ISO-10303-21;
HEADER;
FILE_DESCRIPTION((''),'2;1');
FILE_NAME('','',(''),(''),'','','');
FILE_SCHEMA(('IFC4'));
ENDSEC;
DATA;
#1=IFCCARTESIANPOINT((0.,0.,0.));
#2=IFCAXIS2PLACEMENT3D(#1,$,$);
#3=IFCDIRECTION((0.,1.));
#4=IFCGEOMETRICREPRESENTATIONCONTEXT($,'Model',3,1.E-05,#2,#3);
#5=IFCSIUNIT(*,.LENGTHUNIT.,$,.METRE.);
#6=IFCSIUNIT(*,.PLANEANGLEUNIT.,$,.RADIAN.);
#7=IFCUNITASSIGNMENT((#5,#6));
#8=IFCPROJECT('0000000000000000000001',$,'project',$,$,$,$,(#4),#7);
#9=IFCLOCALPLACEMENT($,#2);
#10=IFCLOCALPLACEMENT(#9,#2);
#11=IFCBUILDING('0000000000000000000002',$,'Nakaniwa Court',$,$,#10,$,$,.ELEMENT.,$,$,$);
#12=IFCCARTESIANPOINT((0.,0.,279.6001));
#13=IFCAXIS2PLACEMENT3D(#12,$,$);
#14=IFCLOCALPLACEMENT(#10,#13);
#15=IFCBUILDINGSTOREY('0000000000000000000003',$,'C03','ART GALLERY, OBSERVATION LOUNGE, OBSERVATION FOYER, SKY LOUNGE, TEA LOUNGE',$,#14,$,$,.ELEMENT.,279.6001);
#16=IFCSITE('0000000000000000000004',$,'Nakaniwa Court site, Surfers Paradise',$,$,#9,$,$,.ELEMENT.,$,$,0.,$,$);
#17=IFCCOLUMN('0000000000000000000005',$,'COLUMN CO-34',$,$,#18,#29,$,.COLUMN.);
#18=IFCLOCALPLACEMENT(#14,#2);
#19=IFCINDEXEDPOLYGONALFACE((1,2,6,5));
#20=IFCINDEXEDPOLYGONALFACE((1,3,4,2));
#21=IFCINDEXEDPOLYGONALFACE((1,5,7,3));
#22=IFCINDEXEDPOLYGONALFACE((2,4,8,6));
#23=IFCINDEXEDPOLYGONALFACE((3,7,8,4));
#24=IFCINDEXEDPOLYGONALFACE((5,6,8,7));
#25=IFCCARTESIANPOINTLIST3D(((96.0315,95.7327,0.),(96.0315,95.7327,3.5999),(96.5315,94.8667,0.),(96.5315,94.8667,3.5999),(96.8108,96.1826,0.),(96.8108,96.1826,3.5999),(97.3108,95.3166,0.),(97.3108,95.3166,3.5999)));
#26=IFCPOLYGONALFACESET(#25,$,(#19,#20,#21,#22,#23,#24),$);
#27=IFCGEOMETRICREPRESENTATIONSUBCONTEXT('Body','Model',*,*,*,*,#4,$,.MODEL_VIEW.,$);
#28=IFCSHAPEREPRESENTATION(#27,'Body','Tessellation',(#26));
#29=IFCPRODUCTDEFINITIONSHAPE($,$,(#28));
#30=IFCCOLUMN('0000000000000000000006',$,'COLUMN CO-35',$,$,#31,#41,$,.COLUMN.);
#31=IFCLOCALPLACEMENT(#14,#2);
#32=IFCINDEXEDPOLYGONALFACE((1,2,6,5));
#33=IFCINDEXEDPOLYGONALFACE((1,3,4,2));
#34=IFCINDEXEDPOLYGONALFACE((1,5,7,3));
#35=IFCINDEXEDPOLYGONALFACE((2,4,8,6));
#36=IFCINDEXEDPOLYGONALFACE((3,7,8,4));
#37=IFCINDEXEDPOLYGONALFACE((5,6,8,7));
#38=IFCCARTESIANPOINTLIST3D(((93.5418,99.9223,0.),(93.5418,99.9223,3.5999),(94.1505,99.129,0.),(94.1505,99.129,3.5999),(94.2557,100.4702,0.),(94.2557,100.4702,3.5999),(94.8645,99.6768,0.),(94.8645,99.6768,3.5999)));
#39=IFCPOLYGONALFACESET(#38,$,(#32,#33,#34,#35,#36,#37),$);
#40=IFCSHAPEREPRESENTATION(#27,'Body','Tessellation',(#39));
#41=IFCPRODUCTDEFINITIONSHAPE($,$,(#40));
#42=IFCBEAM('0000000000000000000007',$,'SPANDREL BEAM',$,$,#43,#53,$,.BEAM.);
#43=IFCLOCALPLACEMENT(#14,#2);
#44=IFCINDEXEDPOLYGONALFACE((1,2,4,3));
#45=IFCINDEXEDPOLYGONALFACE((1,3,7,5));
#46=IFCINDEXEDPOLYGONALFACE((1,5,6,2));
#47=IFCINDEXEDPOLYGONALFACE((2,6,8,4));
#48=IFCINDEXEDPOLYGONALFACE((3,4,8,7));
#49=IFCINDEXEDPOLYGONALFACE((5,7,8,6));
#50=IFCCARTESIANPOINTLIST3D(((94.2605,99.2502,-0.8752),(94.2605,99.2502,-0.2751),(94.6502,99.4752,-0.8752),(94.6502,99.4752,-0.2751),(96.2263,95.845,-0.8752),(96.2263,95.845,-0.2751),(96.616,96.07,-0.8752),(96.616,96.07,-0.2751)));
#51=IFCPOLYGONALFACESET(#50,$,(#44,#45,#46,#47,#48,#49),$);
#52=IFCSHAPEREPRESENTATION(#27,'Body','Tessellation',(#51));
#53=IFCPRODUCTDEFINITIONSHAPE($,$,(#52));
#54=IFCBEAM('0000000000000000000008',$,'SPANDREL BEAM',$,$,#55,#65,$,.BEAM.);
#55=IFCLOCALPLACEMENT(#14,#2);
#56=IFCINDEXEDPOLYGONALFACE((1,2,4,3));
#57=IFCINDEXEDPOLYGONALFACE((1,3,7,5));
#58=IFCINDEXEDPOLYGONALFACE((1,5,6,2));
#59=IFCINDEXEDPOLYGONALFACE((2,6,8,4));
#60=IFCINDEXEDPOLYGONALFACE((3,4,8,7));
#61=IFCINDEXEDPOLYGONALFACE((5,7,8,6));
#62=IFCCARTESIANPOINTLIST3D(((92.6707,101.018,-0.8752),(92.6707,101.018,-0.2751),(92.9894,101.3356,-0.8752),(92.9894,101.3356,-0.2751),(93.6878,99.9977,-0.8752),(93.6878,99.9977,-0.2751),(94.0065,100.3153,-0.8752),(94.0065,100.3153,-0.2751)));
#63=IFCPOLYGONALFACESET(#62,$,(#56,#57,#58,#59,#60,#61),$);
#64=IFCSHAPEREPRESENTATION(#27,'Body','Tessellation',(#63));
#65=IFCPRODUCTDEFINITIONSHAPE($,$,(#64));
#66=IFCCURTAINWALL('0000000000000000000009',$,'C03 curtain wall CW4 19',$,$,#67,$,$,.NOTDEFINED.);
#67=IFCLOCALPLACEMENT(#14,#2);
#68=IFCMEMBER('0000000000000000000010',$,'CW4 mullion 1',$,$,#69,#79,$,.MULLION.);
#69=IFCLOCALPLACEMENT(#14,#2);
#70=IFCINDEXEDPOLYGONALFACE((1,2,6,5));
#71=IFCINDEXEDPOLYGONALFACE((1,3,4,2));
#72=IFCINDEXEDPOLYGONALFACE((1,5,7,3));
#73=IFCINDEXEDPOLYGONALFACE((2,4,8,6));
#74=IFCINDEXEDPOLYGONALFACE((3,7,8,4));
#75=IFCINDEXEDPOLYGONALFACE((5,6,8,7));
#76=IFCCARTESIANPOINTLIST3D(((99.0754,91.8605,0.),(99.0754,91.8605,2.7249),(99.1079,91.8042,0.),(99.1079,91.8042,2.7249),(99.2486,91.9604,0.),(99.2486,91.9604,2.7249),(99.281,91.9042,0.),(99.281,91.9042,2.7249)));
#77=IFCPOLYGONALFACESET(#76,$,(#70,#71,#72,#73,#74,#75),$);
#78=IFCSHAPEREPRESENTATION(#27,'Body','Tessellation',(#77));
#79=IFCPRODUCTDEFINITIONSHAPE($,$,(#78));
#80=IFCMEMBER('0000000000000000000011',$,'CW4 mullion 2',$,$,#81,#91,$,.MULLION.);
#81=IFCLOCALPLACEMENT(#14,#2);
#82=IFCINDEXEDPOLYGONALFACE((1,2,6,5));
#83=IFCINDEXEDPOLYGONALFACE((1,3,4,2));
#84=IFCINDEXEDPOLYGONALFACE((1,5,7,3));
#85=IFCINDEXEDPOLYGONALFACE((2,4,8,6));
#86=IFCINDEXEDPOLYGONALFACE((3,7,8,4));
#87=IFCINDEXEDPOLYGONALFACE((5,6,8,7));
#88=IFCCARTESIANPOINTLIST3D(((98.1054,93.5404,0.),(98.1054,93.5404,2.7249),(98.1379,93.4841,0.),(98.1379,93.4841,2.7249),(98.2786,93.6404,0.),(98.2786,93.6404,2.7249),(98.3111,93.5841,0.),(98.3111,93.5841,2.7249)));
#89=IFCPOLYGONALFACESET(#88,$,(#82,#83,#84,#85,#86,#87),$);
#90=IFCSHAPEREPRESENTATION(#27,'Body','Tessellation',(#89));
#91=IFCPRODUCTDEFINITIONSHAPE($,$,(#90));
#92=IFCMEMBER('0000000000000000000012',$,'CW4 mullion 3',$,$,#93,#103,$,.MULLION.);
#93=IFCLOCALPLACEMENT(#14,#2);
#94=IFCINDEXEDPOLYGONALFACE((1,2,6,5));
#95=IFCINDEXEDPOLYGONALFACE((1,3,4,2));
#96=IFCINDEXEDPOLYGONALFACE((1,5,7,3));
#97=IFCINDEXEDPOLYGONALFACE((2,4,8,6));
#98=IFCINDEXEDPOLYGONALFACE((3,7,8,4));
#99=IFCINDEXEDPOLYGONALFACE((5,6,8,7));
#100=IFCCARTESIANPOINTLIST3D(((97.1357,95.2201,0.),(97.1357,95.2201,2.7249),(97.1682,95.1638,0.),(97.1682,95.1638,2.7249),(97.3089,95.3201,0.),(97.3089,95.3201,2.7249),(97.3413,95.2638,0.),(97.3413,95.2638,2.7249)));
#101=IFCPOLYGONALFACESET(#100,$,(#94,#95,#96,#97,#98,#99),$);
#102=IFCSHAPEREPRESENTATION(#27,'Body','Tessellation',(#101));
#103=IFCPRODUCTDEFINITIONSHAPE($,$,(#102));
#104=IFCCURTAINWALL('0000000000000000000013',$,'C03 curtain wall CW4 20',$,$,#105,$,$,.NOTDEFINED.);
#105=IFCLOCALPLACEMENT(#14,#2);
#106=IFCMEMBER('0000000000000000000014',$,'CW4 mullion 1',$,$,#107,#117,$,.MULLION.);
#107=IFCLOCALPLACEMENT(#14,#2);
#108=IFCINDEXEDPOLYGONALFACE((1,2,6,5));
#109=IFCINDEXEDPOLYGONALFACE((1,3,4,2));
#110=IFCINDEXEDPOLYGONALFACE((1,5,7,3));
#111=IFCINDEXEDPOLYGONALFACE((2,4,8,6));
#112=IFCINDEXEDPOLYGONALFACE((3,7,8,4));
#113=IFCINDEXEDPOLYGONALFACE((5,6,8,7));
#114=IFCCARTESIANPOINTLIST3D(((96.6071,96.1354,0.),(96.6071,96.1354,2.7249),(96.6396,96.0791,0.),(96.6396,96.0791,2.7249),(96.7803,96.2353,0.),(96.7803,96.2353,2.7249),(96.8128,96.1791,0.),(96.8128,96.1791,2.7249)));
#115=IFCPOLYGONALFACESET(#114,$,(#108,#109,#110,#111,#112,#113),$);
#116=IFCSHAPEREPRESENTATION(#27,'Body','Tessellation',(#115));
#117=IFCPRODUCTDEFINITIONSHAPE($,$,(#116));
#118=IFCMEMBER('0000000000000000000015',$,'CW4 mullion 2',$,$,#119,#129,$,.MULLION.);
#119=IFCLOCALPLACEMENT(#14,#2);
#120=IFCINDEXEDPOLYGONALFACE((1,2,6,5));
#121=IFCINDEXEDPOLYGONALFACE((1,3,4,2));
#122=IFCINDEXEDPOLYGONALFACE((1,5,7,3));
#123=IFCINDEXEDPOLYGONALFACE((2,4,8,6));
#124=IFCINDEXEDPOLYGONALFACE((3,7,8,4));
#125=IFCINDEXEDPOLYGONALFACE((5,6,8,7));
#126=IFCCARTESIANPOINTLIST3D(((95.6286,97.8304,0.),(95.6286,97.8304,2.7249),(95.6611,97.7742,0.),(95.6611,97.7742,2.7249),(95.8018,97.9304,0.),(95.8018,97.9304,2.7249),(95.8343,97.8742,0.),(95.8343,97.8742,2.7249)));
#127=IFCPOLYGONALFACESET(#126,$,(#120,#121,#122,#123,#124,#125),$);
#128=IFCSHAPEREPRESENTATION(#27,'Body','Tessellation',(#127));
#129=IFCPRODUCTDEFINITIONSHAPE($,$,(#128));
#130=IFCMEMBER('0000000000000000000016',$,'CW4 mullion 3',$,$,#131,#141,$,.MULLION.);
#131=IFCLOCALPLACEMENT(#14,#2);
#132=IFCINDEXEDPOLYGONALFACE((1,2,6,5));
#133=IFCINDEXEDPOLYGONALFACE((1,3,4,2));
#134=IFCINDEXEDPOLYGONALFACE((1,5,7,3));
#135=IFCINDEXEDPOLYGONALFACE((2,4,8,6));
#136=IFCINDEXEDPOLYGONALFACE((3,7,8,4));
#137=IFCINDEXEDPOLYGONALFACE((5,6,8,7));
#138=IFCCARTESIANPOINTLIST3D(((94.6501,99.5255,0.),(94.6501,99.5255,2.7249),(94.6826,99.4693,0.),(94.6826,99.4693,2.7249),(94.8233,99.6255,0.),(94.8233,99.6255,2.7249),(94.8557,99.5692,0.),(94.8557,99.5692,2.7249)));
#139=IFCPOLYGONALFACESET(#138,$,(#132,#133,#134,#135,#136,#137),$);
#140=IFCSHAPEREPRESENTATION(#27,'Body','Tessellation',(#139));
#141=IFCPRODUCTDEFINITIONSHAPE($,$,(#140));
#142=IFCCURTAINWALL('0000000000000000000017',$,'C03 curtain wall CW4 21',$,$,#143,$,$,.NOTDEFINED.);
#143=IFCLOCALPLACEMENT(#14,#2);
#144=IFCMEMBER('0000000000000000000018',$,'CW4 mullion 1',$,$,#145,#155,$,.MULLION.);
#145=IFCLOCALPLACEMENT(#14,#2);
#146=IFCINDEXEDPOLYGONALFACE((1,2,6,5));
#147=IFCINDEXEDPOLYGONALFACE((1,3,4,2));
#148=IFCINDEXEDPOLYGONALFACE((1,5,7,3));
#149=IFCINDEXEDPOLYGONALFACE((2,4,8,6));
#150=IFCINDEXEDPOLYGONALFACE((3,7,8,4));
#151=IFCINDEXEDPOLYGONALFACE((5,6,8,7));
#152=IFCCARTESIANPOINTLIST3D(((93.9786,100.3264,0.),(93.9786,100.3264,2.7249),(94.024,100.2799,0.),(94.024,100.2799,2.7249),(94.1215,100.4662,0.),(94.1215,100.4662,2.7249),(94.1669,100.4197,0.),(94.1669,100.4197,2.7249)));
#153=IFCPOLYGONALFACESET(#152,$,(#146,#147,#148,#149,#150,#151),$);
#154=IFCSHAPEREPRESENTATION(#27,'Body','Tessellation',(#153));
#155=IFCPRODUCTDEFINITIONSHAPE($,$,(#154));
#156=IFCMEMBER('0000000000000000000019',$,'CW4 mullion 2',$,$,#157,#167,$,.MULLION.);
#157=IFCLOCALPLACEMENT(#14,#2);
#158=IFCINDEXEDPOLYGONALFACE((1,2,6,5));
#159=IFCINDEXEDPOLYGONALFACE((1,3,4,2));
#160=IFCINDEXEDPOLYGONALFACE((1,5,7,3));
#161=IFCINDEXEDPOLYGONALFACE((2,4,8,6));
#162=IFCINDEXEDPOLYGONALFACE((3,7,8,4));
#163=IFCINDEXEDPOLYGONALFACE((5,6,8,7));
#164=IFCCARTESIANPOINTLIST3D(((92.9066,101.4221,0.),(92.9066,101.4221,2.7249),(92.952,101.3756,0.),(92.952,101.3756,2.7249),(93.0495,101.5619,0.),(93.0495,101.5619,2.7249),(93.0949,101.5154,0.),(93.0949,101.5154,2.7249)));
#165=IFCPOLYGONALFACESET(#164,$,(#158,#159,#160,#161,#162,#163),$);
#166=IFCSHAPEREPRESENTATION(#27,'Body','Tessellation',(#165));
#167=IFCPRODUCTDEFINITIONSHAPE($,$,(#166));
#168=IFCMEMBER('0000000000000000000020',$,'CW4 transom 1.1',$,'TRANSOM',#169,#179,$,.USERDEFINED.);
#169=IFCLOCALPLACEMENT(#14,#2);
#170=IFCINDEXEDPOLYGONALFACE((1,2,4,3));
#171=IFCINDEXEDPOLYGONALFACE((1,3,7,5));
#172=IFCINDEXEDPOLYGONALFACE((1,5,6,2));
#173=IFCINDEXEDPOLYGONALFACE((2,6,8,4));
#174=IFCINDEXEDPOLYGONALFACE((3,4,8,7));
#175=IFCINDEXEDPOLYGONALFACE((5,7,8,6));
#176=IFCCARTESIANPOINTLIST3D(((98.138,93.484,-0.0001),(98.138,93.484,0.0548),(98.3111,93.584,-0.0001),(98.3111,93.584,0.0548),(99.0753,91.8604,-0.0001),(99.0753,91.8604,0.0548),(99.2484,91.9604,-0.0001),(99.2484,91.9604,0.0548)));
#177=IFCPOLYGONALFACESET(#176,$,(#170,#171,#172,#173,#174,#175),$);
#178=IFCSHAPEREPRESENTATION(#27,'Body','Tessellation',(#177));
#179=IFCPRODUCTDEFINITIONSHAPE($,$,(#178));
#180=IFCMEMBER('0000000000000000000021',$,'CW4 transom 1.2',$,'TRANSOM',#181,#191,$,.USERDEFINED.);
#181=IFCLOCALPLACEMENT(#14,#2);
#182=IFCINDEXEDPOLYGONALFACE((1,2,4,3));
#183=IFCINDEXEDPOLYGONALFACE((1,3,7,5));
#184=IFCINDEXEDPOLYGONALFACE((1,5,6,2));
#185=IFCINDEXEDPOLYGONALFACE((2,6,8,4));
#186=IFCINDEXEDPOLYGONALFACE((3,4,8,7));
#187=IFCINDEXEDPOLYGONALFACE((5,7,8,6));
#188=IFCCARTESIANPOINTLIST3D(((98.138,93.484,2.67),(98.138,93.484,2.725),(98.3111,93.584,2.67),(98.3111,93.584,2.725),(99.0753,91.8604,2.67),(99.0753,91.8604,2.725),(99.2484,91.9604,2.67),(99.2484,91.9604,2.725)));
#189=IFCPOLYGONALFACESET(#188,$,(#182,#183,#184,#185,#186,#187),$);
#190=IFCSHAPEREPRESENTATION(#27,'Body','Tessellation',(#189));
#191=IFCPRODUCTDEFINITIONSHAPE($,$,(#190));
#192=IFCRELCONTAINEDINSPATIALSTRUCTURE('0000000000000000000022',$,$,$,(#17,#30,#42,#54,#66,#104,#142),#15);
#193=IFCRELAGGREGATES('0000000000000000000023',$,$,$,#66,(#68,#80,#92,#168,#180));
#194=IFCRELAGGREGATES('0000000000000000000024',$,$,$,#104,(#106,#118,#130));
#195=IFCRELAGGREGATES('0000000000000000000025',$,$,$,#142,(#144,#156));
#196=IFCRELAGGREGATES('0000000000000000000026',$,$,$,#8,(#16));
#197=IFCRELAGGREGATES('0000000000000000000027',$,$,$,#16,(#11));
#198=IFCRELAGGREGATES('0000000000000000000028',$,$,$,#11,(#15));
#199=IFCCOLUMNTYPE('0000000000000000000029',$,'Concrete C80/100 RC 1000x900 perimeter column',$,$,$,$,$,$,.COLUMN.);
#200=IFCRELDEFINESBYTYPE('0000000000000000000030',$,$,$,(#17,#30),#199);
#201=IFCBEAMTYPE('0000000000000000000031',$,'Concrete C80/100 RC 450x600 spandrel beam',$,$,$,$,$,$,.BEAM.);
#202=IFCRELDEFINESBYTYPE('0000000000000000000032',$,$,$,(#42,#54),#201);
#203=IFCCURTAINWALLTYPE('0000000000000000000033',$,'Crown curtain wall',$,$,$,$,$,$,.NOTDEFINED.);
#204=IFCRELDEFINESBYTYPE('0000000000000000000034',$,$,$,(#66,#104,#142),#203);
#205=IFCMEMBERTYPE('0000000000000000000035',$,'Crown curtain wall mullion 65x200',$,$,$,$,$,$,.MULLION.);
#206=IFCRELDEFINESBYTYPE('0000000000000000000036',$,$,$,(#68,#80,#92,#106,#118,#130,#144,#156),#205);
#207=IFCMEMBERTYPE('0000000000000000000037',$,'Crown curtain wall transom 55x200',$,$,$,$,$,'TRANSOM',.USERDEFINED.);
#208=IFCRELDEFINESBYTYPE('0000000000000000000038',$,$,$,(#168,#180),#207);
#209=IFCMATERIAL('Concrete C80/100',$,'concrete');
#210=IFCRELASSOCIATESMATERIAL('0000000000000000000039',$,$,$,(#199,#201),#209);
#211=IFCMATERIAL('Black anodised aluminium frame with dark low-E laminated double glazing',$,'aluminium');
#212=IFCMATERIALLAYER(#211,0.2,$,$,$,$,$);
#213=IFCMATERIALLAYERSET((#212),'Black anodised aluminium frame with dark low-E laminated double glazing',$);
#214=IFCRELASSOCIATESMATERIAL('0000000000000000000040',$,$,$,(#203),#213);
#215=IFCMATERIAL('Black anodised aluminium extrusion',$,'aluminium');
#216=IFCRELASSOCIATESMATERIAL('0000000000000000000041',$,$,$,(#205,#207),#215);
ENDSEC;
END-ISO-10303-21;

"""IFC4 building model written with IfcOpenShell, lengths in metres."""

from ifc_helpers import new_model, si_unit, direction, frame, origin, origin_2d, place, context, subcontext, project, spatial, rectangle, extrude, material, layer, layer_set, material_profile, profile_set, type_object, element, aggregate, save


model = new_model("IFC4")

# Units and contexts
model_context = context("Model", 3, precision=1e-05, world=origin(), true_north=direction((0.0, 1.0)))
body_context = subcontext(model_context, "Body", "Model", "MODEL_VIEW")
ifc_project = project(units=[si_unit("LENGTHUNIT", "METRE"), si_unit("PLANEANGLEUNIT", "RADIAN")], contexts=[model_context])

# Site, building, storey
site_placement = place(None, origin())
site = spatial("IfcSite", under=ifc_project, at=site_placement, Name="Nakaniwa Court site, Surfers Paradise", CompositionType="ELEMENT", RefElevation=0.0)
building_placement = place(site_placement, origin())
building = spatial("IfcBuilding", under=site, at=building_placement, Name="Nakaniwa Court", CompositionType="ELEMENT")
storey_placement = place(building_placement, frame((0.0, 0.0, 279.6001)))
storey = spatial("IfcBuildingStorey", under=building, at=storey_placement, Name="C03", Description="ART GALLERY, OBSERVATION LOUNGE, OBSERVATION FOYER, SKY LOUNGE, TEA LOUNGE", CompositionType="ELEMENT", Elevation=279.6001)

# Columns
ifc_material_1 = material(Name="Concrete C80/100", Category="concrete")
ifc_material_profile_1 = material_profile(ifc_material_1, rectangle(XDim=1.0, YDim=0.8999, at=origin_2d()), Name="Concrete C80/100 RC 1000x900 perimeter column")
ifc_profile_set_1 = profile_set([ifc_material_profile_1], Name="Concrete C80/100")
column_type = type_object("IfcColumnType", Name="Concrete C80/100 RC 1000x900 perimeter column", PredefinedType="COLUMN", material=ifc_profile_set_1)
for number, where, z_axis, x_axis, name in (
    (1, (96.6711, 95.5247, 0.0), (0.0, 0.0, 1.0), (-0.5, 0.866025, 0.0), "COLUMN CO-34"),
    (2, (94.2031, 99.7996, 0.0), (0.0, 0.0, 1.0), (-0.608761, 0.793353, 0.0), "COLUMN CO-35"),
):
    element("IfcColumn", number, at=place(storey_placement, frame(where, z_axis=z_axis, x_axis=x_axis)), inside=storey, type_object=column_type, Name=name, PredefinedType="COLUMN", context=body_context, shape_type="SweptSolid", body=[
        extrude(rectangle(XDim=1.0, YDim=0.8999, at=origin_2d()), origin(), (0.0, 0.0, 1.0), 3.5999),
    ])

# Beams
ifc_material_profile_2 = material_profile(ifc_material_1, rectangle(XDim=0.45, YDim=0.6001, at=origin_2d()), Name="Concrete C80/100 RC 450x600 spandrel beam")
ifc_profile_set_2 = profile_set([ifc_material_profile_2], Name="Concrete C80/100")
beam_type = type_object("IfcBeamType", Name="Concrete C80/100 RC 450x600 spandrel beam", PredefinedType="BEAM", material=ifc_profile_set_2)
beam_1_placement = place(storey_placement, frame((96.4211, 95.9575, -0.5752), z_axis=(-0.499959, 0.866049, 0.0), x_axis=(-0.866049, -0.499959, 0.0)))
element("IfcBeam", 3, at=beam_1_placement, inside=storey, type_object=beam_type, Name="SPANDREL BEAM", PredefinedType="BEAM", context=body_context, shape_type="SweptSolid", body=[
    extrude(rectangle(XDim=0.45, YDim=0.6001, at=origin_2d()), origin(), (0.0, 0.0, 1.0), 3.9319),
])
beam_2_placement = place(storey_placement, frame((93.8472, 100.1565, -0.5752), z_axis=(-0.706004, 0.708207, 0.0), x_axis=(-0.708207, -0.706004, 0.0)))
element("IfcBeam", 4, at=beam_2_placement, inside=storey, type_object=beam_type, Name="SPANDREL BEAM", PredefinedType="BEAM", context=body_context, shape_type="SweptSolid", body=[
    extrude(rectangle(XDim=0.45, YDim=0.6001, at=origin_2d()), origin(), (0.0, 0.0, 1.0), 1.4407),
])

# Curtain walls, members
ifc_material_2 = material(Name="Black anodised aluminium frame with dark low-E laminated double glazing", Category="aluminium")
ifc_layer_1 = layer(ifc_material_2, 0.2)
ifc_layer_set_1 = layer_set([ifc_layer_1], Name="Black anodised aluminium frame with dark low-E laminated double glazing")
curtain_wall_type = type_object("IfcCurtainWallType", Name="Crown curtain wall", PredefinedType="NOTDEFINED", material=ifc_layer_set_1)
curtain_wall_1_placement = place(storey_placement, origin())
curtain_wall_1 = element("IfcCurtainWall", 5, at=curtain_wall_1_placement, inside=storey, type_object=curtain_wall_type, Name="C03 curtain wall CW4 19", PredefinedType="NOTDEFINED")
ifc_material_3 = material(Name="Black anodised aluminium extrusion", Category="aluminium")
ifc_material_profile_3 = material_profile(ifc_material_3, rectangle(XDim=0.2, YDim=0.0649, at=origin_2d()), Name="Crown curtain wall mullion 65x200")
ifc_profile_set_3 = profile_set([ifc_material_profile_3], Name="Black anodised aluminium extrusion")
member_type_1 = type_object("IfcMemberType", Name="Crown curtain wall mullion 65x200", PredefinedType="MULLION", material=ifc_profile_set_3)
member_1_placement = place(storey_placement, frame((99.1782, 91.8823, 0.0), z_axis=(0.0, 0.0, 1.0), x_axis=(-0.866033, -0.499987, 0.0)))
member_1 = element("IfcMember", 6, at=member_1_placement, type_object=member_type_1, Name="CW4 mullion 1", PredefinedType="MULLION", context=body_context, shape_type="SweptSolid", body=[
    extrude(rectangle(XDim=0.2, YDim=0.0649, at=origin_2d()), origin(), (0.0, 0.0, 1.0), 2.7249),
])
member_2_placement = place(storey_placement, frame((98.2083, 93.5623, 0.0), z_axis=(0.0, 0.0, 1.0), x_axis=(-0.866033, -0.499987, 0.0)))
member_2 = element("IfcMember", 7, at=member_2_placement, type_object=member_type_1, Name="CW4 mullion 2", PredefinedType="MULLION", context=body_context, shape_type="SweptSolid", body=[
    extrude(rectangle(XDim=0.2, YDim=0.0649, at=origin_2d()), origin(), (0.0, 0.0, 1.0), 2.7249),
])
member_3_placement = place(storey_placement, frame((97.2385, 95.2419, 0.0), z_axis=(0.0, 0.0, 1.0), x_axis=(-0.866033, -0.499987, 0.0)))
member_3 = element("IfcMember", 8, at=member_3_placement, type_object=member_type_1, Name="CW4 mullion 3", PredefinedType="MULLION", context=body_context, shape_type="SweptSolid", body=[
    extrude(rectangle(XDim=0.2, YDim=0.0649, at=origin_2d()), origin(), (0.0, 0.0, 1.0), 2.7249),
])
curtain_wall_2_placement = place(storey_placement, origin())
curtain_wall_2 = element("IfcCurtainWall", 9, at=curtain_wall_2_placement, inside=storey, type_object=curtain_wall_type, Name="C03 curtain wall CW4 20", PredefinedType="NOTDEFINED")
member_4_placement = place(storey_placement, frame((96.71, 96.1572, 0.0), z_axis=(0.0, 0.0, 1.0), x_axis=(-0.866028, -0.499996, 0.0)))
member_4 = element("IfcMember", 10, at=member_4_placement, type_object=member_type_1, Name="CW4 mullion 1", PredefinedType="MULLION", context=body_context, shape_type="SweptSolid", body=[
    extrude(rectangle(XDim=0.2, YDim=0.0649, at=origin_2d()), origin(), (0.0, 0.0, 1.0), 2.7249),
])
member_5_placement = place(storey_placement, frame((95.7314, 97.8523, 0.0), z_axis=(0.0, 0.0, 1.0), x_axis=(-0.866028, -0.499996, 0.0)))
member_5 = element("IfcMember", 11, at=member_5_placement, type_object=member_type_1, Name="CW4 mullion 2", PredefinedType="MULLION", context=body_context, shape_type="SweptSolid", body=[
    extrude(rectangle(XDim=0.2, YDim=0.0649, at=origin_2d()), origin(), (0.0, 0.0, 1.0), 2.7249),
])
member_6_placement = place(storey_placement, frame((94.7529, 99.5474, 0.0), z_axis=(0.0, 0.0, 1.0), x_axis=(-0.866028, -0.499996, 0.0)))
member_6 = element("IfcMember", 12, at=member_6_placement, type_object=member_type_1, Name="CW4 mullion 3", PredefinedType="MULLION", context=body_context, shape_type="SweptSolid", body=[
    extrude(rectangle(XDim=0.2, YDim=0.0649, at=origin_2d()), origin(), (0.0, 0.0, 1.0), 2.7249),
])
curtain_wall_3_placement = place(storey_placement, origin())
curtain_wall_3 = element("IfcCurtainWall", 13, at=curtain_wall_3_placement, inside=storey, type_object=curtain_wall_type, Name="C03 curtain wall CW4 21", PredefinedType="NOTDEFINED")
member_7_placement = place(storey_placement, frame((94.0728, 100.373, 0.0), z_axis=(0.0, 0.0, 1.0), x_axis=(-0.714886, -0.699241, 0.0)))
member_7 = element("IfcMember", 14, at=member_7_placement, type_object=member_type_1, Name="CW4 mullion 1", PredefinedType="MULLION", context=body_context, shape_type="SweptSolid", body=[
    extrude(rectangle(XDim=0.2, YDim=0.0649, at=origin_2d()), origin(), (0.0, 0.0, 1.0), 2.7249),
])
member_8_placement = place(storey_placement, frame((93.0007, 101.4688, 0.0), z_axis=(0.0, 0.0, 1.0), x_axis=(-0.714886, -0.699241, 0.0)))
member_8 = element("IfcMember", 15, at=member_8_placement, type_object=member_type_1, Name="CW4 mullion 2", PredefinedType="MULLION", context=body_context, shape_type="SweptSolid", body=[
    extrude(rectangle(XDim=0.2, YDim=0.0649, at=origin_2d()), origin(), (0.0, 0.0, 1.0), 2.7249),
])

# Members
ifc_material_profile_4 = material_profile(ifc_material_3, rectangle(XDim=0.2, YDim=0.0549, at=origin_2d()), Name="Crown curtain wall transom 55x200")
ifc_profile_set_4 = profile_set([ifc_material_profile_4], Name="Black anodised aluminium extrusion")
member_type_2 = type_object("IfcMemberType", Name="Crown curtain wall transom 55x200", ElementType="TRANSOM", PredefinedType="USERDEFINED", material=ifc_profile_set_4)
member_9_placement = place(storey_placement, frame((99.1619, 91.9104, 0.0273), z_axis=(-0.499963, 0.866047, 0.0), x_axis=(-0.866047, -0.499963, 0.0)))
member_9 = element("IfcMember", 16, at=member_9_placement, type_object=member_type_2, Name="CW4 transom 1.1", ObjectType="TRANSOM", PredefinedType="USERDEFINED", context=body_context, shape_type="SweptSolid", body=[
    extrude(rectangle(XDim=0.2, YDim=0.0549, at=origin_2d()), origin(), (0.0, 0.0, 1.0), 1.8748),
])
member_10_placement = place(storey_placement, frame((99.1619, 91.9104, 2.6975), z_axis=(-0.499963, 0.866047, 0.0), x_axis=(-0.866047, -0.499963, 0.0)))
member_10 = element("IfcMember", 17, at=member_10_placement, type_object=member_type_2, Name="CW4 transom 1.2", ObjectType="TRANSOM", PredefinedType="USERDEFINED", context=body_context, shape_type="SweptSolid", body=[
    extrude(rectangle(XDim=0.2, YDim=0.0549, at=origin_2d()), origin(), (0.0, 0.0, 1.0), 1.8748),
])

aggregate(curtain_wall_1, [member_1, member_2, member_3, member_9, member_10])
aggregate(curtain_wall_2, [member_4, member_5, member_6])
aggregate(curtain_wall_3, [member_7, member_8])

save(model, "model.ifc")
